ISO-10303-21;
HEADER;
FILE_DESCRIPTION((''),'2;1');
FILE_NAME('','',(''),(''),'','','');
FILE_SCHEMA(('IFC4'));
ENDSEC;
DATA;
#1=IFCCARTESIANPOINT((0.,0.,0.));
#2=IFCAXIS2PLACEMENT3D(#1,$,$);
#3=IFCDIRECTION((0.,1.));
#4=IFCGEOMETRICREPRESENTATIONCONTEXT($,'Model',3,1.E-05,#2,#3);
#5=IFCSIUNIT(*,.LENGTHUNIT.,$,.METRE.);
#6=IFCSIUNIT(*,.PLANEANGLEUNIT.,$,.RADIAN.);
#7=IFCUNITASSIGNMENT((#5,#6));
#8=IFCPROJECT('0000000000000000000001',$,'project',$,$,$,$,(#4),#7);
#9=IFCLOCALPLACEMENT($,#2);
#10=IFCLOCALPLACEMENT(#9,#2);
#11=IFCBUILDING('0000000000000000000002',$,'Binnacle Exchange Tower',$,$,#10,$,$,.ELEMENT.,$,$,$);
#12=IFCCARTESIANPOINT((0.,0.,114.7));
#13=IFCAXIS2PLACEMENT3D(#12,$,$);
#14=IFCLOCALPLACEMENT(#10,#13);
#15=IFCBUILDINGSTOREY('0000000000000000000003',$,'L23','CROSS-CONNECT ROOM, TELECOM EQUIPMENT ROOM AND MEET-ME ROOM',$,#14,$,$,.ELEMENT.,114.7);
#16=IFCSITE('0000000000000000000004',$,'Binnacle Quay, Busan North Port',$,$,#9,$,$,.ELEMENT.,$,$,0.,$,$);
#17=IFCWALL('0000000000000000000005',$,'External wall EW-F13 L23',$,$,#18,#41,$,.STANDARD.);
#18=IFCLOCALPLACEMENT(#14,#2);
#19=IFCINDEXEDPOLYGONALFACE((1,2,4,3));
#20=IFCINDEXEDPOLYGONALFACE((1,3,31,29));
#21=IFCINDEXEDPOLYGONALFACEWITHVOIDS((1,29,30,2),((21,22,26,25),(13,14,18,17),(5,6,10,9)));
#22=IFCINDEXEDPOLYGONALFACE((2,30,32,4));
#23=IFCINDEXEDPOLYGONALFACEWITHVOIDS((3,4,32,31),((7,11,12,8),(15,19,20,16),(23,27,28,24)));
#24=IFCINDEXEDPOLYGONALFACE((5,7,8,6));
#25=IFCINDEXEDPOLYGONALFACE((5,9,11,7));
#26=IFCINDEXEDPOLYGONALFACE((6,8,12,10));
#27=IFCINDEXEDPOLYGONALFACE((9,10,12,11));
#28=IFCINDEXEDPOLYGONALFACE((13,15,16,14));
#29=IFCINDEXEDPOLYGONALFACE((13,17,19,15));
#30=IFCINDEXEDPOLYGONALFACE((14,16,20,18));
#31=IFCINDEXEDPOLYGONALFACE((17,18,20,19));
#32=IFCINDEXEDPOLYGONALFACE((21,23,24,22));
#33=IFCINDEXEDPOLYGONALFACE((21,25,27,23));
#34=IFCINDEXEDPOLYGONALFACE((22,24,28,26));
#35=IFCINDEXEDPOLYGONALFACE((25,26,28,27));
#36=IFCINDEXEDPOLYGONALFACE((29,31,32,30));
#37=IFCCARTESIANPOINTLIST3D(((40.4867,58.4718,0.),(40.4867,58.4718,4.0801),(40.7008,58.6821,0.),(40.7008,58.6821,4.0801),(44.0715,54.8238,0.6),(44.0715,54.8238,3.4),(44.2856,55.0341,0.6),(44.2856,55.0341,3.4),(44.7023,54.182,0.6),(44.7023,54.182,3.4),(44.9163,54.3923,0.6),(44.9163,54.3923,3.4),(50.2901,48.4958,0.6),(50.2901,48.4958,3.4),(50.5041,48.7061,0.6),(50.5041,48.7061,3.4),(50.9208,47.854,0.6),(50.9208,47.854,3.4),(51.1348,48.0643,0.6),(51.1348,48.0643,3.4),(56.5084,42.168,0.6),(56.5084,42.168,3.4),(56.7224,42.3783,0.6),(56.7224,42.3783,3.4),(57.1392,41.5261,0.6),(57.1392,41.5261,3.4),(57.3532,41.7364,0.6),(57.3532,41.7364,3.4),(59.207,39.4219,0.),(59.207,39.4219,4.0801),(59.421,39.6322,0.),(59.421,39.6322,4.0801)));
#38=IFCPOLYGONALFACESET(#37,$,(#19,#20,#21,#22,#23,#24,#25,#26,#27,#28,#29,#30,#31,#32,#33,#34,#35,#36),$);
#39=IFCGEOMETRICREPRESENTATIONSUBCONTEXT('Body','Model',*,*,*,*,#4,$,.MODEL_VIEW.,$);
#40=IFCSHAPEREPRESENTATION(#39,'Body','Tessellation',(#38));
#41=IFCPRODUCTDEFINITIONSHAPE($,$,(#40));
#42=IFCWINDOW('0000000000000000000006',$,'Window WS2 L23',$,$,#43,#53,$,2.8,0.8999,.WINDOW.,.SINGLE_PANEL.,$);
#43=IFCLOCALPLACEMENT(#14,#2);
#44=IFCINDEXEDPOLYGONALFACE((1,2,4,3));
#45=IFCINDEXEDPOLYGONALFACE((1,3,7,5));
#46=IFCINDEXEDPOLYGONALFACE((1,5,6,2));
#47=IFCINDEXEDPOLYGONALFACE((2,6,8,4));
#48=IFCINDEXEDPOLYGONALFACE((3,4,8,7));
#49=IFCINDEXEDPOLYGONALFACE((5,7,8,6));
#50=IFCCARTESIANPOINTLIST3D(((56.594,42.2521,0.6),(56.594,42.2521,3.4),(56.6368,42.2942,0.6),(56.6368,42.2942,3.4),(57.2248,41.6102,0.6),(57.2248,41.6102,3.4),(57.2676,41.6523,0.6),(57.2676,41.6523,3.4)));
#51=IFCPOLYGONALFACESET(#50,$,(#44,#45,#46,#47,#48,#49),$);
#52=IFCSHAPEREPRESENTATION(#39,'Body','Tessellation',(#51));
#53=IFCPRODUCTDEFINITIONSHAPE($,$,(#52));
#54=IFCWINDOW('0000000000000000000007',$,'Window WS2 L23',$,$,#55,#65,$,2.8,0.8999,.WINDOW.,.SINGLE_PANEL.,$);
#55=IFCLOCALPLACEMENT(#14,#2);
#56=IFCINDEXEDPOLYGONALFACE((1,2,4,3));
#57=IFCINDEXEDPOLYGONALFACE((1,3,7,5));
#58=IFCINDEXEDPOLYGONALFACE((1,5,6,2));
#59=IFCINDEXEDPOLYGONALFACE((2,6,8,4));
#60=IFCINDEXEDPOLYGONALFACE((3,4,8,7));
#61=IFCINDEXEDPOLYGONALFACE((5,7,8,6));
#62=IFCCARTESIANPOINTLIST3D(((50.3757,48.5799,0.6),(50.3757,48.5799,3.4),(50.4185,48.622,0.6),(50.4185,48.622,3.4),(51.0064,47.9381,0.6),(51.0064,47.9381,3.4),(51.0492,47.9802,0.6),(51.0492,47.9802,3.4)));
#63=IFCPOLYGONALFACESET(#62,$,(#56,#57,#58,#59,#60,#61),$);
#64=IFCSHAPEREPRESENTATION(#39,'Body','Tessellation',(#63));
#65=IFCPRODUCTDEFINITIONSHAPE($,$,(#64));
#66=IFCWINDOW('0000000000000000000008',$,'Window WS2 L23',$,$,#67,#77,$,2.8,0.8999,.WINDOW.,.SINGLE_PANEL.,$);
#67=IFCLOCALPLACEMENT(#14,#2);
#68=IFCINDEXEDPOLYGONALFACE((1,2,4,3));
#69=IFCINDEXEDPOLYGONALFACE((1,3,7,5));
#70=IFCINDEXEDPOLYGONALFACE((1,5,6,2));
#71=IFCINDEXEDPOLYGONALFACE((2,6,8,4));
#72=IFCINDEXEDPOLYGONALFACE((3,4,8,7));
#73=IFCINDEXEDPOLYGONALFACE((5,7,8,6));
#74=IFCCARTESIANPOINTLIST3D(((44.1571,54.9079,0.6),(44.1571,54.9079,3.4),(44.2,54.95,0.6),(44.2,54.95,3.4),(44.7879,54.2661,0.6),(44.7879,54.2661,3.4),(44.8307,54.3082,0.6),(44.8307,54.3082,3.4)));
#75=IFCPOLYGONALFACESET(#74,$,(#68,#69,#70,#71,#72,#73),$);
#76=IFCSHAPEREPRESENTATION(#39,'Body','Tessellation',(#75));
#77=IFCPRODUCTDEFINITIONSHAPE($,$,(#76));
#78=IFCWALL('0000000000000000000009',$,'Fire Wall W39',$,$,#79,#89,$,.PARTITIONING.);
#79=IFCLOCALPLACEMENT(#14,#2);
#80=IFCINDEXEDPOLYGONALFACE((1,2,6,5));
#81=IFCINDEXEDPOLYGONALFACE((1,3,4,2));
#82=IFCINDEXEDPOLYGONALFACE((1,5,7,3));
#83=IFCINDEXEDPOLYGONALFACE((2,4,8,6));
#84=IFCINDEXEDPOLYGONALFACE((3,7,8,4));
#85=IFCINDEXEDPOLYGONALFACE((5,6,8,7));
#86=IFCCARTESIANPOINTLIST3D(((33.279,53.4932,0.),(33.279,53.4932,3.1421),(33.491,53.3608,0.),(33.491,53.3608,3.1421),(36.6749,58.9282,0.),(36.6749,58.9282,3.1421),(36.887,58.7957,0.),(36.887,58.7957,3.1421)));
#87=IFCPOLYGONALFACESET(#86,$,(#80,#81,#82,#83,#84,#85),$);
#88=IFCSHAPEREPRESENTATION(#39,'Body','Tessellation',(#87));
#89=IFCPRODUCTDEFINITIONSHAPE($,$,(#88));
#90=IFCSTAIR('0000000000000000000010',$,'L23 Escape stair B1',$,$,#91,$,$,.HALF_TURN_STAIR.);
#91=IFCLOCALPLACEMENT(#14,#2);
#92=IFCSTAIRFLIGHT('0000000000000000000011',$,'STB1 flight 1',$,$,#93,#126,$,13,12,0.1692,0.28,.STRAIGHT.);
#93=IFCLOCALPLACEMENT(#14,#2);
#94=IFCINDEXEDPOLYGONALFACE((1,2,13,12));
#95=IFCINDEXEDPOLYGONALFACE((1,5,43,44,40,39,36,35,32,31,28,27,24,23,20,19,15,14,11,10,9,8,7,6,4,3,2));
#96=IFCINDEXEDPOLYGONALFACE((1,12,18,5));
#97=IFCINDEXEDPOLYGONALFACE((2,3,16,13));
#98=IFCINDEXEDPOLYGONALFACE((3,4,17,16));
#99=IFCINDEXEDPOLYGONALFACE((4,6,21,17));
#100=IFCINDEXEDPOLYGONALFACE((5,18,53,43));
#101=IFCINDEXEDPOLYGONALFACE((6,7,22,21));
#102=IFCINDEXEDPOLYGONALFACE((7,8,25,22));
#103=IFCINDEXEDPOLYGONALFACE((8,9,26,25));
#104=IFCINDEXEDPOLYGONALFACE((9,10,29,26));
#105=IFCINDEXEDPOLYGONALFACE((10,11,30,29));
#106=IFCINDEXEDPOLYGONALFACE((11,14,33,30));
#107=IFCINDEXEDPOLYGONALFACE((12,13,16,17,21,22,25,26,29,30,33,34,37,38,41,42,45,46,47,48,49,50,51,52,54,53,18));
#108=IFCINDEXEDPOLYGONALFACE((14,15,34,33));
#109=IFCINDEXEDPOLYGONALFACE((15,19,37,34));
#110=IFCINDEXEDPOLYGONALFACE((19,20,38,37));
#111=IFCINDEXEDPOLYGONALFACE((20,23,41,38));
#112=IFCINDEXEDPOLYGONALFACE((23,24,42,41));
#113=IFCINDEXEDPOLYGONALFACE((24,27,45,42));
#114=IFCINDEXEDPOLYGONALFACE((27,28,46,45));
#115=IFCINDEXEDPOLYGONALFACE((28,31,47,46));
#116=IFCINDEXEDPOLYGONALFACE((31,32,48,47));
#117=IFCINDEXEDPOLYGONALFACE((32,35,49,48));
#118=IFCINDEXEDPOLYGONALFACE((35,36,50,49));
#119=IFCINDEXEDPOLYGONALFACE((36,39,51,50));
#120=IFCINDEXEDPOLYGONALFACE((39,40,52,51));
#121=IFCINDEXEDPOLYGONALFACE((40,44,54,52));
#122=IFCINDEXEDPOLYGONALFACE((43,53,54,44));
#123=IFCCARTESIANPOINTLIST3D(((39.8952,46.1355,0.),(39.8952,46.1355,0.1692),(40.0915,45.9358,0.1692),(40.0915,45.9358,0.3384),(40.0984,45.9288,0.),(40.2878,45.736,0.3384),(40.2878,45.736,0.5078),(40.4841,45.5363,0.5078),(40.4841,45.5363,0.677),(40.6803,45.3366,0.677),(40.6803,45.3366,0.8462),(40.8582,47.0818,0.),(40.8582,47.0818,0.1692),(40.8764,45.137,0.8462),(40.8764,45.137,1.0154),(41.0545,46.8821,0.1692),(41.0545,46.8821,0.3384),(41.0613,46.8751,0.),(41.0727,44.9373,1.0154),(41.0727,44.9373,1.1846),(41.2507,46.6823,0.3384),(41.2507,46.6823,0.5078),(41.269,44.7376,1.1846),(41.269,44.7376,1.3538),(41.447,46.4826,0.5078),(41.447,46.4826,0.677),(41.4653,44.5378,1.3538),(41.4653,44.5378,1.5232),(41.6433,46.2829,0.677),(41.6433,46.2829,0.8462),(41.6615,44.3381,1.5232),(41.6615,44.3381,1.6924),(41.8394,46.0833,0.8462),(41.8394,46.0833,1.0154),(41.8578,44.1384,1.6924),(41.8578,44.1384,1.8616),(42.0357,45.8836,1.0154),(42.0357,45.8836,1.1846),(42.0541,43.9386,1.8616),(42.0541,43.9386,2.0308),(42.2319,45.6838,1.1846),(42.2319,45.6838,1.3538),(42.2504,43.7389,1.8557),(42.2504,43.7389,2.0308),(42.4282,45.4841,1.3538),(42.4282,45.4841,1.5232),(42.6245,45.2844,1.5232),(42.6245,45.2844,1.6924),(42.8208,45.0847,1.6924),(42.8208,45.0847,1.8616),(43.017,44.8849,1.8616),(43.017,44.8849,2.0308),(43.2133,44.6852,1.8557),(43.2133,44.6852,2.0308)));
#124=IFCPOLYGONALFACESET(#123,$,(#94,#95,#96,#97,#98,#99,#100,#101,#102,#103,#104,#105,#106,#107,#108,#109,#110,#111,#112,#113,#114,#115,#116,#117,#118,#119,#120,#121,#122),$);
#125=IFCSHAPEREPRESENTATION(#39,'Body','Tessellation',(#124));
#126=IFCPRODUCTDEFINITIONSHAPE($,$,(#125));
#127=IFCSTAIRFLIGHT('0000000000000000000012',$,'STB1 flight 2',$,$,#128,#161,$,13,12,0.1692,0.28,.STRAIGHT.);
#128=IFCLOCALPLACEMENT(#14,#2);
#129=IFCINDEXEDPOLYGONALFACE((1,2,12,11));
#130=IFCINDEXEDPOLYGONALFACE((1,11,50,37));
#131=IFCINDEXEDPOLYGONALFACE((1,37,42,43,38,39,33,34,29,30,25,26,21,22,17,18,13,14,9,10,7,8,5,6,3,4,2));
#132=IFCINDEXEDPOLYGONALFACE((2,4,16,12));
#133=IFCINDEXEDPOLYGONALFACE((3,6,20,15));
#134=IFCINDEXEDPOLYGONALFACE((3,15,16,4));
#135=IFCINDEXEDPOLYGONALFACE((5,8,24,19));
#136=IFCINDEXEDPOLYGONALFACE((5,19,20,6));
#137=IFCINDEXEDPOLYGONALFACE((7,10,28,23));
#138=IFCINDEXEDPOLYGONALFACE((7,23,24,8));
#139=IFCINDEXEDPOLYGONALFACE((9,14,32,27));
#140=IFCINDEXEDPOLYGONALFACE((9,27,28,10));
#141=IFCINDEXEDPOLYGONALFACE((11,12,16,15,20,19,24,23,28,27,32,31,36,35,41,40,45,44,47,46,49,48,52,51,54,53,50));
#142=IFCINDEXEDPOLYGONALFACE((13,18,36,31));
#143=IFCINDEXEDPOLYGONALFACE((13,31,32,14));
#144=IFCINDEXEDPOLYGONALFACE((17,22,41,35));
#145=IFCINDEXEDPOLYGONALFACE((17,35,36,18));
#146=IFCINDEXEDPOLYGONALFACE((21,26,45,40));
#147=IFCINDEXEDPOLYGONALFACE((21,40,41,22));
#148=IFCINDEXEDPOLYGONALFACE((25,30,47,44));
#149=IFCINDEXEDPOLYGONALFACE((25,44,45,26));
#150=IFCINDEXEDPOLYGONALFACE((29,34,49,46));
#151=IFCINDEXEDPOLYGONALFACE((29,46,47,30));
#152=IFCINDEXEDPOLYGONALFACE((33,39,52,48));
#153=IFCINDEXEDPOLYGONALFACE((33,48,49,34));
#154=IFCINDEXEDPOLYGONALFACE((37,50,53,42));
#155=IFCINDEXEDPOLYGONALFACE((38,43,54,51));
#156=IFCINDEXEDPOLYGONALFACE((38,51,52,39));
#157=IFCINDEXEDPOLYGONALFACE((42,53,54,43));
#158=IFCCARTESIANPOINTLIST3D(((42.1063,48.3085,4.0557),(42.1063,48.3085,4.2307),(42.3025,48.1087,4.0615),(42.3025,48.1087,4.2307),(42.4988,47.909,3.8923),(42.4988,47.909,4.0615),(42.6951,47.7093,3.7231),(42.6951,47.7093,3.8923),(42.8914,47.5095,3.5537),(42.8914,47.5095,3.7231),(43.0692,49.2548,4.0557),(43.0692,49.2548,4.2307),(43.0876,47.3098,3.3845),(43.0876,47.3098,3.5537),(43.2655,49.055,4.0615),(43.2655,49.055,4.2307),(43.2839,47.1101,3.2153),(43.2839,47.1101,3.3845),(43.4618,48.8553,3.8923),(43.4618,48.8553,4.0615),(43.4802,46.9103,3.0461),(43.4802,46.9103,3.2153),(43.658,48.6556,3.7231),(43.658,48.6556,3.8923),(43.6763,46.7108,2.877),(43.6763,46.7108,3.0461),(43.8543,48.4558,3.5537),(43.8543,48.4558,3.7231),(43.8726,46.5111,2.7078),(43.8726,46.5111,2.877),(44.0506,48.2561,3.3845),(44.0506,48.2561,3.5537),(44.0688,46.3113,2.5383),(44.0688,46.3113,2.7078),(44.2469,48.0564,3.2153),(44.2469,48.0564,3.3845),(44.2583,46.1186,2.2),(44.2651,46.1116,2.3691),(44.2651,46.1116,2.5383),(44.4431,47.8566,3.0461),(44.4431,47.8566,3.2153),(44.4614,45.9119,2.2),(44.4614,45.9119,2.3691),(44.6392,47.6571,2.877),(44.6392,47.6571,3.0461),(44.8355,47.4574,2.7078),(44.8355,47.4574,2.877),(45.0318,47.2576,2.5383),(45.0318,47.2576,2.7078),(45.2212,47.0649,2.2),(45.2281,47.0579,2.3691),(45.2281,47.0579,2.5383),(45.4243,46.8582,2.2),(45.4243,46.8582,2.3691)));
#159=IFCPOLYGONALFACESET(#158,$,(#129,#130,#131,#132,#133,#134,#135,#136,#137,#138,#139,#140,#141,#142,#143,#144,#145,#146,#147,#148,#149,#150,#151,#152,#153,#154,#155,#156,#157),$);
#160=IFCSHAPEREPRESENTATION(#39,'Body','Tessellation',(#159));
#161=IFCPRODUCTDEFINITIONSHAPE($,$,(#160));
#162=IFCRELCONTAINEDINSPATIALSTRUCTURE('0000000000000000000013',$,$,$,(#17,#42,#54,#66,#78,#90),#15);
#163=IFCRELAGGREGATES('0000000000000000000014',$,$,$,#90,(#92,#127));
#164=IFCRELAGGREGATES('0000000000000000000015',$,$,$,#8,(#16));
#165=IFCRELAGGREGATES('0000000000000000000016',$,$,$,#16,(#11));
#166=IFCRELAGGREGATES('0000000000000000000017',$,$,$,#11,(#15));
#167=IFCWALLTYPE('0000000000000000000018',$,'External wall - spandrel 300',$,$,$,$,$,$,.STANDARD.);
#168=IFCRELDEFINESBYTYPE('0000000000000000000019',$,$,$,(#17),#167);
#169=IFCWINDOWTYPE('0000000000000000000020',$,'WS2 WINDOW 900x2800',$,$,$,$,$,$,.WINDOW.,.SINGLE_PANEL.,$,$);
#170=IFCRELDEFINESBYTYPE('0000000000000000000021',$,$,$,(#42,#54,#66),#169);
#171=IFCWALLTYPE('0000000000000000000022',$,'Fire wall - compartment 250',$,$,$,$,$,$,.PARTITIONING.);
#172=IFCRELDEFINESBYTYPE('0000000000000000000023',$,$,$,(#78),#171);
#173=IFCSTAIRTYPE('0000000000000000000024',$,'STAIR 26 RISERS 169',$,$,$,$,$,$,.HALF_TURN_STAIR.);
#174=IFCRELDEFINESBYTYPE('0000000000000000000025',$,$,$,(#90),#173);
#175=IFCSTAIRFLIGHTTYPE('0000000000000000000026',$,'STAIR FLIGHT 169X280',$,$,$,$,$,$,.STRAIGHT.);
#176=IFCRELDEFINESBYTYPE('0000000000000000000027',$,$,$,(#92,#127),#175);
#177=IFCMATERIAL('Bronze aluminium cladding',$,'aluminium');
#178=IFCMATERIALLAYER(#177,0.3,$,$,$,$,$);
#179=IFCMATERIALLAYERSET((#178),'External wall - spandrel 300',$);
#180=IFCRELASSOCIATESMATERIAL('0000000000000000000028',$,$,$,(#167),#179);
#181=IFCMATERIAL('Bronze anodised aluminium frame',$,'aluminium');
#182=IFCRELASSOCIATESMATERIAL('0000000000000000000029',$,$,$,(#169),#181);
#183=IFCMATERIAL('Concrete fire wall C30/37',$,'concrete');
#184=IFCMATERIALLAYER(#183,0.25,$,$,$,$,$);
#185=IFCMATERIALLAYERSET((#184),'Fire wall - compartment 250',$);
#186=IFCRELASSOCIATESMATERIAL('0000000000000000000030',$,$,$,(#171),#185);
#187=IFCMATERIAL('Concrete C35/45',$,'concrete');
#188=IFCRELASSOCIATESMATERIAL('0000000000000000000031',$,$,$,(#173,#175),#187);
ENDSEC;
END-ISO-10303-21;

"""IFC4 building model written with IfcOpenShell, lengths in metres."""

from ifc_helpers import new_model, si_unit, direction, frame, frame_2d, origin, place, context, subcontext, project, spatial, polyline, rectangle, outline, extrude, material, layer, layer_set, type_object, element, fill, aggregate, save


model = new_model("IFC4")

# Units and contexts
model_context = context("Model", 3, precision=1e-05, world=origin(), true_north=direction((0.0, 1.0)))
body_context = subcontext(model_context, "Body", "Model", "MODEL_VIEW")
ifc_project = project(units=[si_unit("LENGTHUNIT", "METRE"), si_unit("PLANEANGLEUNIT", "RADIAN")], contexts=[model_context])

# Site, building, storey
site_placement = place(None, origin())
site = spatial("IfcSite", under=ifc_project, at=site_placement, Name="Binnacle Quay, Busan North Port", CompositionType="ELEMENT", RefElevation=0.0)
building_placement = place(site_placement, origin())
building = spatial("IfcBuilding", under=site, at=building_placement, Name="Binnacle Exchange Tower", CompositionType="ELEMENT")
storey_placement = place(building_placement, frame((0.0, 0.0, 114.7)))
storey = spatial("IfcBuildingStorey", under=building, at=storey_placement, Name="L23", Description="CROSS-CONNECT ROOM, TELECOM EQUIPMENT ROOM AND MEET-ME ROOM", CompositionType="ELEMENT", Elevation=114.7)

# Shared definitions
ifc_material_1 = material(Name="Bronze aluminium cladding", Category="aluminium")
ifc_layer_1 = layer(ifc_material_1, 0.3)
ifc_layer_set_1 = layer_set([ifc_layer_1], Name="External wall - spandrel 300")
wall_type_1 = type_object("IfcWallType", Name="External wall - spandrel 300", PredefinedType="STANDARD", material=ifc_layer_set_1)

# Wall, openings, windows
wall_1_placement = place(storey_placement, frame((40.5938, 58.5769, 0.0), z_axis=(0.0, 0.0, 1.0), x_axis=(0.70091, -0.71325, 0.0)))
wall_1 = element("IfcWall", 1, at=wall_1_placement, inside=storey, type_object=wall_type_1, Name="External wall EW-F13 L23", PredefinedType="STANDARD", context=body_context, shape_type="SweptSolid", body=[
    extrude(rectangle(XDim=26.7085, YDim=0.3, at=frame_2d((13.3542, 0.0))), origin(), (0.0, 0.0, 1.0), 4.0801),
])
opening_1_placement = place(wall_1_placement, frame((22.8584, 0.0, 0.6001)))
opening_1 = element("IfcOpeningElement", 2, at=opening_1_placement, cuts=wall_1, PredefinedType="OPENING", context=body_context, shape_type="SweptSolid", body=[
    extrude(rectangle(XDim=0.8999, YDim=2.8, at=frame_2d((0.45, 1.3999))), frame((0.0, 0.1599, 0.0), z_axis=(0.0, -1.0, 0.0), x_axis=(1.0, 0.0, 0.0)), (0.0, 0.0, 1.0), 0.3201),
])
opening_2_placement = place(wall_1_placement, frame((13.9866, 0.0, 0.6001)))
opening_2 = element("IfcOpeningElement", 3, at=opening_2_placement, cuts=wall_1, PredefinedType="OPENING", context=body_context, shape_type="SweptSolid", body=[
    extrude(rectangle(XDim=0.8999, YDim=2.8, at=frame_2d((0.45, 1.3999))), frame((0.0, 0.1599, 0.0), z_axis=(0.0, -1.0, 0.0), x_axis=(1.0, 0.0, 0.0)), (0.0, 0.0, 1.0), 0.3201),
])
opening_3_placement = place(wall_1_placement, frame((5.1145, 0.0, 0.6001)))
opening_3 = element("IfcOpeningElement", 4, at=opening_3_placement, cuts=wall_1, PredefinedType="OPENING", context=body_context, shape_type="SweptSolid", body=[
    extrude(rectangle(XDim=0.8999, YDim=2.8, at=frame_2d((0.45, 1.3999))), frame((0.0, 0.1599, 0.0), z_axis=(0.0, -1.0, 0.0), x_axis=(1.0, 0.0, 0.0)), (0.0, 0.0, 1.0), 0.3201),
])
ifc_material_2 = material(Name="Bronze anodised aluminium frame", Category="aluminium")
window_type = type_object("IfcWindowType", Name="WS2 WINDOW 900x2800", PartitioningType="SINGLE_PANEL", PredefinedType="WINDOW", material=ifc_material_2)
window_1_placement = place(opening_1_placement, origin())
window_1 = element("IfcWindow", 5, at=window_1_placement, inside=storey, type_object=window_type, Name="Window WS2 L23", OverallHeight=2.8, OverallWidth=0.8999, PartitioningType="SINGLE_PANEL", PredefinedType="WINDOW", context=body_context, shape_type="SweptSolid", body=[
    extrude(rectangle(XDim=0.8999, YDim=2.8, at=frame_2d((0.45, 1.3999))), frame((0.0, 0.03, 0.0), z_axis=(0.0, -1.0, 0.0), x_axis=(1.0, 0.0, 0.0)), (0.0, 0.0, 1.0), 0.0601),
])
fill(opening_1, window_1)
window_2_placement = place(opening_2_placement, origin())
window_2 = element("IfcWindow", 6, at=window_2_placement, inside=storey, type_object=window_type, Name="Window WS2 L23", OverallHeight=2.8, OverallWidth=0.8999, PartitioningType="SINGLE_PANEL", PredefinedType="WINDOW", context=body_context, shape_type="SweptSolid", body=[
    extrude(rectangle(XDim=0.8999, YDim=2.8, at=frame_2d((0.45, 1.3999))), frame((0.0, 0.03, 0.0), z_axis=(0.0, -1.0, 0.0), x_axis=(1.0, 0.0, 0.0)), (0.0, 0.0, 1.0), 0.0601),
])
fill(opening_2, window_2)
window_3_placement = place(opening_3_placement, origin())
window_3 = element("IfcWindow", 7, at=window_3_placement, inside=storey, type_object=window_type, Name="Window WS2 L23", OverallHeight=2.8, OverallWidth=0.8999, PartitioningType="SINGLE_PANEL", PredefinedType="WINDOW", context=body_context, shape_type="SweptSolid", body=[
    extrude(rectangle(XDim=0.8999, YDim=2.8, at=frame_2d((0.45, 1.3999))), frame((0.0, 0.03, 0.0), z_axis=(0.0, -1.0, 0.0), x_axis=(1.0, 0.0, 0.0)), (0.0, 0.0, 1.0), 0.0601),
])
fill(opening_3, window_3)

# Wall
ifc_material_3 = material(Name="Concrete fire wall C30/37", Category="concrete")
ifc_layer_2 = layer(ifc_material_3, 0.25)
ifc_layer_set_2 = layer_set([ifc_layer_2], Name="Fire wall - compartment 250")
wall_type_2 = type_object("IfcWallType", Name="Fire wall - compartment 250", PredefinedType="PARTITIONING", material=ifc_layer_set_2)
wall_2_placement = place(storey_placement, frame((33.385, 53.427, 0.0), z_axis=(0.0, 0.0, 1.0), x_axis=(0.529896, 0.848063, 0.0)))
element("IfcWall", 8, at=wall_2_placement, inside=storey, type_object=wall_type_2, Name="Fire Wall W39", PredefinedType="PARTITIONING", context=body_context, shape_type="SweptSolid", body=[
    extrude(rectangle(XDim=6.4087, YDim=0.25, at=frame_2d((3.2043, 0.0))), origin(), (0.0, 0.0, 1.0), 3.1421),
])

# Stair, stair flights
ifc_material_4 = material(Name="Concrete C35/45", Category="concrete")
stair_type = type_object("IfcStairType", Name="STAIR 26 RISERS 169", PredefinedType="HALF_TURN_STAIR", material=ifc_material_4)
stair_placement = place(storey_placement, origin())
stair = element("IfcStair", 9, at=stair_placement, inside=storey, type_object=stair_type, Name="L23 Escape stair B1", PredefinedType="HALF_TURN_STAIR")
stair_flight_type = type_object("IfcStairFlightType", Name="STAIR FLIGHT 169X280", PredefinedType="STRAIGHT", material=ifc_material_4)
stair_flight_1_placement = place(storey_placement, frame((40.3767, 46.6086, 0.0), z_axis=(0.0, 0.0, 1.0), x_axis=(0.700909, -0.71325, 0.0)))
stair_flight_1 = element("IfcStairFlight", 10, at=stair_flight_1_placement, type_object=stair_flight_type, Name="STB1 flight 1", NumberOfRisers=13, NumberOfTreads=12, PredefinedType="STRAIGHT", RiserHeight=0.1692, TreadLength=0.28, context=body_context, shape_type="SweptSolid", body=[
    extrude(outline(polyline([(0.0, 0.0), (0.0, 0.1692), (0.28, 0.1692), (0.28, 0.3384), (0.5601, 0.3384), (0.5601, 0.5078), (0.8401, 0.5078), (0.8401, 0.677), (1.1201, 0.677), (1.1201, 0.8462), (1.3999, 0.8462), (1.3999, 1.0154), (1.6799, 1.0154), (1.6799, 1.1846), (1.96, 1.1846), (1.96, 1.3538), (2.24, 1.3538), (2.24, 1.5232), (2.52, 1.5232), (2.52, 1.6924), (2.8, 1.6924), (2.8, 1.8616), (3.0801, 1.8616), (3.0801, 2.0308), (3.3601, 2.0308), (3.3601, 2.2), (3.3601, 1.8557), (0.2898, 0.0), (0.0, 0.0)])), frame((0.0, 0.675, 0.0), z_axis=(0.0, -1.0, 0.0), x_axis=(1.0, 0.0, 0.0)), (0.0, 0.0, 1.0), 1.3501),
])
stair_flight_2_placement = place(storey_placement, frame((44.9429, 46.385, 2.2), z_axis=(0.0, 0.0, 1.0), x_axis=(-0.700909, 0.71325, 0.0)))
stair_flight_2 = element("IfcStairFlight", 11, at=stair_flight_2_placement, type_object=stair_flight_type, Name="STB1 flight 2", NumberOfRisers=13, NumberOfTreads=12, PredefinedType="STRAIGHT", RiserHeight=0.1692, TreadLength=0.28, context=body_context, shape_type="SweptSolid", body=[
    extrude(outline(polyline([(0.0, 0.0), (0.0, 0.1692), (0.28, 0.1692), (0.28, 0.3384), (0.5601, 0.3384), (0.5601, 0.5078), (0.8401, 0.5078), (0.8401, 0.677), (1.1201, 0.677), (1.1201, 0.8462), (1.3999, 0.8462), (1.3999, 1.0154), (1.6799, 1.0154), (1.6799, 1.1846), (1.96, 1.1846), (1.96, 1.3538), (2.24, 1.3538), (2.24, 1.5232), (2.52, 1.5232), (2.52, 1.6924), (2.8, 1.6924), (2.8, 1.8616), (3.0801, 1.8616), (3.0801, 2.0308), (3.3601, 2.0308), (3.3601, 2.2), (3.3601, 1.8557), (0.2898, 0.0), (0.0, 0.0)])), frame((0.0, 0.675, 0.0), z_axis=(0.0, -1.0, 0.0), x_axis=(1.0, 0.0, 0.0)), (0.0, 0.0, 1.0), 1.3501),
])
aggregate(stair, [stair_flight_1, stair_flight_2])

save(model, "model.ifc")
